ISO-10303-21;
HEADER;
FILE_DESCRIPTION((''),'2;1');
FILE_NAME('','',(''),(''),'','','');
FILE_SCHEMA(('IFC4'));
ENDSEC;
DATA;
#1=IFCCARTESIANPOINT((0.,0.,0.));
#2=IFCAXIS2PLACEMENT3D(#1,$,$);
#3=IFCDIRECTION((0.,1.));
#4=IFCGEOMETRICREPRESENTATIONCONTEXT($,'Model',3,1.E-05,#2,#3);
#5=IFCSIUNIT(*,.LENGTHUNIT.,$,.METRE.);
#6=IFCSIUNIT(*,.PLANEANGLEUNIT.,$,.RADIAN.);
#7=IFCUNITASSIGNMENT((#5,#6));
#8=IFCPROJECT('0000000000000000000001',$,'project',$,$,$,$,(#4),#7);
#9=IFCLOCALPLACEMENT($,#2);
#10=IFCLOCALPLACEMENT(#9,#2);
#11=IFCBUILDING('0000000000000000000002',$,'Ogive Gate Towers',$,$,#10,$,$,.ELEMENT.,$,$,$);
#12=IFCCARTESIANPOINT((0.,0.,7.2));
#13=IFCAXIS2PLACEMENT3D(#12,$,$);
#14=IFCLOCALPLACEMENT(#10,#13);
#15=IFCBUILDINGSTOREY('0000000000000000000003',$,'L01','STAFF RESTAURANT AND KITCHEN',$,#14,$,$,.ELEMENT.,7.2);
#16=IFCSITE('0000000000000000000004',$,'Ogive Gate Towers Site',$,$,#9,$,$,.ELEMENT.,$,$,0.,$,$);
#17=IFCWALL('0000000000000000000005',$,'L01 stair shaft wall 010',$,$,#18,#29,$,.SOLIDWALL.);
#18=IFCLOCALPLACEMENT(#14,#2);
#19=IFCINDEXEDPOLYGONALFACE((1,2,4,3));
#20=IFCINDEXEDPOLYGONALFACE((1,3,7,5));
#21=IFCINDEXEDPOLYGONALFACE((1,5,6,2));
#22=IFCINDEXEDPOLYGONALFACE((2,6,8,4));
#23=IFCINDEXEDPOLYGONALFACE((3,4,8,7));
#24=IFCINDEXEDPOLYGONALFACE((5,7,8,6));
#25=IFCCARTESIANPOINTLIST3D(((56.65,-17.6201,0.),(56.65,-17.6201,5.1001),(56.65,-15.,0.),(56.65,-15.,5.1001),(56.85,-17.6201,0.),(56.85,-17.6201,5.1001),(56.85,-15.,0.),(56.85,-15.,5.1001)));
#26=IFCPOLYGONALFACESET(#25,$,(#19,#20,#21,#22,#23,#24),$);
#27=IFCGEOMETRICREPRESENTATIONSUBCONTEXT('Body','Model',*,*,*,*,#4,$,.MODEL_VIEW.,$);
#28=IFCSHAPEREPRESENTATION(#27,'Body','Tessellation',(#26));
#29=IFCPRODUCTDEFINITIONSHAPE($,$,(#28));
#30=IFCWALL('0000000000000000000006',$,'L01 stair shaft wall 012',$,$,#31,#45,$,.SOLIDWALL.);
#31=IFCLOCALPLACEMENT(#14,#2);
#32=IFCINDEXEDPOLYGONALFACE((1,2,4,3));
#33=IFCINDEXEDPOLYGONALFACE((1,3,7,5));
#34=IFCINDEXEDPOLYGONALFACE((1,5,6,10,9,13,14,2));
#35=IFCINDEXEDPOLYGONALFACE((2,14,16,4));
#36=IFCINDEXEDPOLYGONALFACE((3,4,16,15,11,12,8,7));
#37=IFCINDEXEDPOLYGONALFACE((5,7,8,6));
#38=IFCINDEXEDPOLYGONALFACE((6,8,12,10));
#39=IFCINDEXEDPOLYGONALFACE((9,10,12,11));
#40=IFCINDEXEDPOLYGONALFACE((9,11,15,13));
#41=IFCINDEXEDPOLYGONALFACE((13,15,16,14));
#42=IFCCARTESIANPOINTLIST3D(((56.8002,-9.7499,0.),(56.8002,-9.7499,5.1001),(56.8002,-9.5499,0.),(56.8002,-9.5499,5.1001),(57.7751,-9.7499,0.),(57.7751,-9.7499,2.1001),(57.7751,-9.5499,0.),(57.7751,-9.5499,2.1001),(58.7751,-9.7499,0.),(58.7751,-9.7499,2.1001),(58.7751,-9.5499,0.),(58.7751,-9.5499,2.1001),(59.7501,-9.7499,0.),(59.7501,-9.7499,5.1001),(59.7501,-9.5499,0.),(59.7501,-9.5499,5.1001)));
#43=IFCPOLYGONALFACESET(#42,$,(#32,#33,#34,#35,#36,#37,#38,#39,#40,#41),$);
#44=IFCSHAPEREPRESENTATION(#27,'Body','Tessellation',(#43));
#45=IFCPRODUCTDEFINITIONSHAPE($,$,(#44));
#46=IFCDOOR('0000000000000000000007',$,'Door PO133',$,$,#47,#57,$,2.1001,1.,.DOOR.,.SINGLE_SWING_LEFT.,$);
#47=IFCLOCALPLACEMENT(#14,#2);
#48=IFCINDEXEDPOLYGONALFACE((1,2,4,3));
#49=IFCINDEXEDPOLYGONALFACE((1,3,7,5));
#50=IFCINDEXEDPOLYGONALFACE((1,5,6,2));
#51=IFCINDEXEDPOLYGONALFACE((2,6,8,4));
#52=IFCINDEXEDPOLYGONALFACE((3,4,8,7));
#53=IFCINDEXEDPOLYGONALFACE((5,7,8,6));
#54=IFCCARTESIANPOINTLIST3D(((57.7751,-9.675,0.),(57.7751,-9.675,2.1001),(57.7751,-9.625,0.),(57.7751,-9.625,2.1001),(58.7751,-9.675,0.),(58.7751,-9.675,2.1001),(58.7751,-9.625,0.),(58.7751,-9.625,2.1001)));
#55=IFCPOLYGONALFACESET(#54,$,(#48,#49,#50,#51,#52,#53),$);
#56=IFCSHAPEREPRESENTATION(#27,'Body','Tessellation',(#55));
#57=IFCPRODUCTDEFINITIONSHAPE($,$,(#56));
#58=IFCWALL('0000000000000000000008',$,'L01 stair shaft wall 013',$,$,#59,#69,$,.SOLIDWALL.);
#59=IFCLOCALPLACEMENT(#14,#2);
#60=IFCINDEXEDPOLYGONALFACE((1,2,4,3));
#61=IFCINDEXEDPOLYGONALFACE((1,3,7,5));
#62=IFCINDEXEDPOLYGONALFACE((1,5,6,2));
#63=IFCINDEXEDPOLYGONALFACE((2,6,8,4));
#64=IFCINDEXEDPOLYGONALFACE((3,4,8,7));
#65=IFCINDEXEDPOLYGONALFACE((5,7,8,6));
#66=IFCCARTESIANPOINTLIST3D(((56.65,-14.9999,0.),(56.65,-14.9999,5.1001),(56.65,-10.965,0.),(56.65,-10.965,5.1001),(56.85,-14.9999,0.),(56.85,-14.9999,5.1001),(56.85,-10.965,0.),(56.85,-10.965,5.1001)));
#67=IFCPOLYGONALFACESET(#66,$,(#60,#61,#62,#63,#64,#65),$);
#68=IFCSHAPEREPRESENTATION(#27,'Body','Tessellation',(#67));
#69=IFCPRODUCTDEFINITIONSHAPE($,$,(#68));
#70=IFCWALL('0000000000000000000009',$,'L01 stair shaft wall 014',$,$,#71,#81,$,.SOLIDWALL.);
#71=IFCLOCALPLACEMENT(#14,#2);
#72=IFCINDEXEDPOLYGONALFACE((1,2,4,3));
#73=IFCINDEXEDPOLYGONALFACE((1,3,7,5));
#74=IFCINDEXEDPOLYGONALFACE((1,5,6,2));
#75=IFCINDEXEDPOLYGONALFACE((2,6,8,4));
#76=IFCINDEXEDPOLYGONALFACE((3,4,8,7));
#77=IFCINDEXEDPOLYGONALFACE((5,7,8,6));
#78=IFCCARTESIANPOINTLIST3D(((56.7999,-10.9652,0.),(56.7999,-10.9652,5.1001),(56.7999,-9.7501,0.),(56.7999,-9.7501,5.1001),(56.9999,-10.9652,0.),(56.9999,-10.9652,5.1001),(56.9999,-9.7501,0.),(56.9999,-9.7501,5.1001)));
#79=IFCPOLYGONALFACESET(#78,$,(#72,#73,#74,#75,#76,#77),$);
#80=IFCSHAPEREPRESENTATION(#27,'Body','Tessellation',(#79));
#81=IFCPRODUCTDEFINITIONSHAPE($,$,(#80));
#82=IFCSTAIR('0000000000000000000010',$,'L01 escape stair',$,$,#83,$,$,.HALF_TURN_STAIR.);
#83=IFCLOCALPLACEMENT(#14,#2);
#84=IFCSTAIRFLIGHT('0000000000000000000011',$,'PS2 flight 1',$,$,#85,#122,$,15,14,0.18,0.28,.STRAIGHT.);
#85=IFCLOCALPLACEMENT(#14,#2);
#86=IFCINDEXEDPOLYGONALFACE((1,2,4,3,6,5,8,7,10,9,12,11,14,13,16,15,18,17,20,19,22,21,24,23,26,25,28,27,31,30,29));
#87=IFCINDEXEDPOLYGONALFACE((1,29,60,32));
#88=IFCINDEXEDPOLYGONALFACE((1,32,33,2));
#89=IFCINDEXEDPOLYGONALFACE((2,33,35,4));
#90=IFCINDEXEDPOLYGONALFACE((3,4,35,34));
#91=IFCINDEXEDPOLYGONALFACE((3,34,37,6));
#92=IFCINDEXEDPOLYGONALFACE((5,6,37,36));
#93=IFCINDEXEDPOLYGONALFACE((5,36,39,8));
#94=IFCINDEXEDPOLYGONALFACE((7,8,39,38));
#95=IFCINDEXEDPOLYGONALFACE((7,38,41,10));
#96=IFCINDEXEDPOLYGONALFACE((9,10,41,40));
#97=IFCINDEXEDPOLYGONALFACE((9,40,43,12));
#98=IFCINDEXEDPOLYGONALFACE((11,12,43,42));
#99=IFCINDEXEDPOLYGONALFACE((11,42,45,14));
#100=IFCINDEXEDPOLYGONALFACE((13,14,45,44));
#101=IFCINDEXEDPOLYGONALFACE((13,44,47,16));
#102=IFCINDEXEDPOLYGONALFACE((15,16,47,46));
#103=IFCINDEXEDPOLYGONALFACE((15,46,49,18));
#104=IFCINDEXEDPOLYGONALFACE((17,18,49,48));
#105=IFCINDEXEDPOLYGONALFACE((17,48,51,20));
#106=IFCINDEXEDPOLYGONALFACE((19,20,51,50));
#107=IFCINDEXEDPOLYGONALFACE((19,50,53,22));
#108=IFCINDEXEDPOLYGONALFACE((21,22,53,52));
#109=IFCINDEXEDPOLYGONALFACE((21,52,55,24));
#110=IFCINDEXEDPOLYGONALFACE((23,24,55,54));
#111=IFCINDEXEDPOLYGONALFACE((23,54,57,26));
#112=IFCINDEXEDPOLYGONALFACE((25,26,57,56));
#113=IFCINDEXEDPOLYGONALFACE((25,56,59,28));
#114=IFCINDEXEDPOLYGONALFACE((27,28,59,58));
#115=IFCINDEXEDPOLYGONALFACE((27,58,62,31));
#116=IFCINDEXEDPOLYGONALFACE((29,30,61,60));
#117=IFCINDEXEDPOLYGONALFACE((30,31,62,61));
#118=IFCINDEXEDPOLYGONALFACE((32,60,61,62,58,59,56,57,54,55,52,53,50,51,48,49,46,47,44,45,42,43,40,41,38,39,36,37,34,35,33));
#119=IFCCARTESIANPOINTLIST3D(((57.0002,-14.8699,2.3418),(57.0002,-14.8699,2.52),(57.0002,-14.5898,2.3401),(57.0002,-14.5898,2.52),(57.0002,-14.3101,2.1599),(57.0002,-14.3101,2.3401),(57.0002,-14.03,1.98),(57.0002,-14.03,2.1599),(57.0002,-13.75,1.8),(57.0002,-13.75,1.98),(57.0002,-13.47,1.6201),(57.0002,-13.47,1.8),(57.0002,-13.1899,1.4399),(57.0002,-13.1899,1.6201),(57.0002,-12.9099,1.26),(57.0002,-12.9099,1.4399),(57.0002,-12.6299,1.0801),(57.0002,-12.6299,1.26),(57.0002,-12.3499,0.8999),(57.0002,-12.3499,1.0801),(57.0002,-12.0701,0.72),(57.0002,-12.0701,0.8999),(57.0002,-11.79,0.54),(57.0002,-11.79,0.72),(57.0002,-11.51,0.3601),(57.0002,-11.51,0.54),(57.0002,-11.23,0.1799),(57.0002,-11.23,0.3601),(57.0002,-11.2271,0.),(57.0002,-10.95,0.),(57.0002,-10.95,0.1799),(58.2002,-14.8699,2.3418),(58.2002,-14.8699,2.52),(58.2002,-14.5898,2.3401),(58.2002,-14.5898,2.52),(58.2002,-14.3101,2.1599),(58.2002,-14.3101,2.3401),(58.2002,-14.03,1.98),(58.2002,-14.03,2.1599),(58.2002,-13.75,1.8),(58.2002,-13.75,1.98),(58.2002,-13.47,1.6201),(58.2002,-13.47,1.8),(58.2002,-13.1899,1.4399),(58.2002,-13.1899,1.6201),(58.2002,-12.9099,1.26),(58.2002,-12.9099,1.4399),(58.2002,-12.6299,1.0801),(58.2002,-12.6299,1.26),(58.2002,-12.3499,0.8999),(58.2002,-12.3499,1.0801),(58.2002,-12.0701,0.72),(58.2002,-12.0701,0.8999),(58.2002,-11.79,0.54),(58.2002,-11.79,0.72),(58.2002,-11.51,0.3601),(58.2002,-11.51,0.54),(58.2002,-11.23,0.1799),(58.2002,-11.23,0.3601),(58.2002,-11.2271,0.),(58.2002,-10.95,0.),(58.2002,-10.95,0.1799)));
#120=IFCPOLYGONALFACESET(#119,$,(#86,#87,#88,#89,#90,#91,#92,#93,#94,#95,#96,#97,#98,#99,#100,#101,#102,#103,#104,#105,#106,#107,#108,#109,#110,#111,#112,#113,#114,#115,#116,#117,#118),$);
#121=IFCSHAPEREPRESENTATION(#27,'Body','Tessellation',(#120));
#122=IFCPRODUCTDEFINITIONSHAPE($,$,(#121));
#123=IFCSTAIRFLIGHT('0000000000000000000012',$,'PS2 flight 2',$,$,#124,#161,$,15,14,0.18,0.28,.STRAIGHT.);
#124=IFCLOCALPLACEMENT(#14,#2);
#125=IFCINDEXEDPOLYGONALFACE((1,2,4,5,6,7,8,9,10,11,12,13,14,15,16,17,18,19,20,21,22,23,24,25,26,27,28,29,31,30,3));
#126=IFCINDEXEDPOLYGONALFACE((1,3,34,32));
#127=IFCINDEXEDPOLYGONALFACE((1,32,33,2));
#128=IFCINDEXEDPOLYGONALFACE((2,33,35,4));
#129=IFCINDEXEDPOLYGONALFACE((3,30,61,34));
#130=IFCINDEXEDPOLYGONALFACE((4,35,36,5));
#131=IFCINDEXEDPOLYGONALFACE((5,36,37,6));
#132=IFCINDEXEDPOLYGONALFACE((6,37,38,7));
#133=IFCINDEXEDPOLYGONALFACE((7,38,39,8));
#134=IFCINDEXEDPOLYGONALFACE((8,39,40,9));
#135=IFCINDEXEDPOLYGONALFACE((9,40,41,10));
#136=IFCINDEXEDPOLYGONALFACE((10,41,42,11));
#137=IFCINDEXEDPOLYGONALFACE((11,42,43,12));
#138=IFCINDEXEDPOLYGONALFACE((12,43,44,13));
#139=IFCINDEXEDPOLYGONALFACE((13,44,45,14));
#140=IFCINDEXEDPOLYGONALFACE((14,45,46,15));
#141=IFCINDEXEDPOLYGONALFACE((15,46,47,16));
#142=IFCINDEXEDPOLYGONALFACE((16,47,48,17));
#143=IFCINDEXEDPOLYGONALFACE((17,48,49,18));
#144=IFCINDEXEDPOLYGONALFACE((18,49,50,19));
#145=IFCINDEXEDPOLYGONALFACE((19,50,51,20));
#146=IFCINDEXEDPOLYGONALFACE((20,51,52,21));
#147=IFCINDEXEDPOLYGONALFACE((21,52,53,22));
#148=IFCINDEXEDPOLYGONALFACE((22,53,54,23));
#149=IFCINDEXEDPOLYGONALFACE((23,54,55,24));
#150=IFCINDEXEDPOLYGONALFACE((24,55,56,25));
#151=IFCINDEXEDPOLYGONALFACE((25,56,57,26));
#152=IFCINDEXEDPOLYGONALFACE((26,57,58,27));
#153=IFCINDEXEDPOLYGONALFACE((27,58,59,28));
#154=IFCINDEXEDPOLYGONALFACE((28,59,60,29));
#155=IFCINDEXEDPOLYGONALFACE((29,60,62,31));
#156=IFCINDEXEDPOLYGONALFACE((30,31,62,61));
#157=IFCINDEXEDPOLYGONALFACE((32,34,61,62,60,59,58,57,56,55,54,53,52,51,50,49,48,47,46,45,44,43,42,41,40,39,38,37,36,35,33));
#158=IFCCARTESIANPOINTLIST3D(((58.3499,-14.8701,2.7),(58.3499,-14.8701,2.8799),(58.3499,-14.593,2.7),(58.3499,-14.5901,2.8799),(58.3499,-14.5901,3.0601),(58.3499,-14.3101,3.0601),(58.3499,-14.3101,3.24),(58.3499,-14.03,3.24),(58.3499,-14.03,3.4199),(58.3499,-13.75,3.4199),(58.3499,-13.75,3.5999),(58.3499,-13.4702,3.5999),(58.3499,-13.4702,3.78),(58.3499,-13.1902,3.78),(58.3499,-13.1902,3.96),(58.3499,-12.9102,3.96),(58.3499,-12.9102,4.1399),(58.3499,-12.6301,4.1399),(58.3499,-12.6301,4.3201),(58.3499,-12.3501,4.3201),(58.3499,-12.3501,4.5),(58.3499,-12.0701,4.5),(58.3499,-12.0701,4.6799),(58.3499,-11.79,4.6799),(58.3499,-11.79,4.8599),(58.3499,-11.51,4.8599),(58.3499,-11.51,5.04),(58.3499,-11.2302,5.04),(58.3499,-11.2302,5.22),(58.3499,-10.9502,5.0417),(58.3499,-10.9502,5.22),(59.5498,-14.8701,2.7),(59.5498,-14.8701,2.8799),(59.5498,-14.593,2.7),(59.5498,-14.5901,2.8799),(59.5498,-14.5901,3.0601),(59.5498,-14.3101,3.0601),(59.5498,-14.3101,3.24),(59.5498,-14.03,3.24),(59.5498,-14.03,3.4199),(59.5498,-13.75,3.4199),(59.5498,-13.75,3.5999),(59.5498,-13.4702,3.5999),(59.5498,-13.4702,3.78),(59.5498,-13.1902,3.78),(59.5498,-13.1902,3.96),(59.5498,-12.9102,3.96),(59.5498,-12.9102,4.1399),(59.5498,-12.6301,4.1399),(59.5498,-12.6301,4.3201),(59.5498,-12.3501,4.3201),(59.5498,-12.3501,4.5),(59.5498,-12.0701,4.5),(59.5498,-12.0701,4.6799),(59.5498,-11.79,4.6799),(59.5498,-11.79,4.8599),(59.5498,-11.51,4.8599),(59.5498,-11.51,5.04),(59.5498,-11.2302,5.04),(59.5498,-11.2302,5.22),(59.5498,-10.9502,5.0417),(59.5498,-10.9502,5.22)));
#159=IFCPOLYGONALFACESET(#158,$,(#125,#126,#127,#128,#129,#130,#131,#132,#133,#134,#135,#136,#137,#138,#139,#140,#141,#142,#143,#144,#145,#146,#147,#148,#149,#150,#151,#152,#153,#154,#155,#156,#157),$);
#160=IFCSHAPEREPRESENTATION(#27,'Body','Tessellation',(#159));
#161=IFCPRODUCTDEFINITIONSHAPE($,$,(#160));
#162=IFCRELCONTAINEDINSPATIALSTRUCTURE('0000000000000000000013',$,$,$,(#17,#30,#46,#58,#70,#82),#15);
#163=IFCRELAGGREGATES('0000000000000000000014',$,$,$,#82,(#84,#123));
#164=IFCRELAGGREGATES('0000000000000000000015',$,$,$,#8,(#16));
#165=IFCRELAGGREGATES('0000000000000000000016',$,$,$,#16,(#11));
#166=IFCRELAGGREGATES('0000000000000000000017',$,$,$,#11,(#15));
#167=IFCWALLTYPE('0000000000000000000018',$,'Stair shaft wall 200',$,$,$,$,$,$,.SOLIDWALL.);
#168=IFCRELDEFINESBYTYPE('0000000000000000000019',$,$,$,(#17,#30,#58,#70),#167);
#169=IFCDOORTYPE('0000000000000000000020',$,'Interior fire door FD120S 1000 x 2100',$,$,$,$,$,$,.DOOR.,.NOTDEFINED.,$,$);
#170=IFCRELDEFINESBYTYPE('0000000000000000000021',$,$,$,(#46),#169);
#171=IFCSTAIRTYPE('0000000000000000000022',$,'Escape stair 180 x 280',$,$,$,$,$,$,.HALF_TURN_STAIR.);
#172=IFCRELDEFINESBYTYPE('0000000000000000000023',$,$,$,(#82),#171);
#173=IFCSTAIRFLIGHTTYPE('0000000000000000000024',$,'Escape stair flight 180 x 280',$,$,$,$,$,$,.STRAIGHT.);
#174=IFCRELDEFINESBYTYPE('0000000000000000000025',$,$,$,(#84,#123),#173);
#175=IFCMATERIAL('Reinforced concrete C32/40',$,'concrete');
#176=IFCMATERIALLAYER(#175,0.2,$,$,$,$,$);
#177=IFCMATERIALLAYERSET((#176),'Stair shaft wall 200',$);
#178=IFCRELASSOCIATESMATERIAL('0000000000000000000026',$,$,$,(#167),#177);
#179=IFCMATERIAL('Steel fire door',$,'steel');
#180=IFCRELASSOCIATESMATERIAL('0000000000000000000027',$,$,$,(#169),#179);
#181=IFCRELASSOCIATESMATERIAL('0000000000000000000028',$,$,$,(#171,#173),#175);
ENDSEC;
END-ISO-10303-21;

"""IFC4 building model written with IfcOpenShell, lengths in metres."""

from ifc_helpers import new_model, si_unit, direction, frame, frame_2d, origin, place, context, subcontext, project, spatial, polyline, rectangle, outline, extrude, material, layer, layer_set, type_object, element, fill, aggregate, save


model = new_model("IFC4")

# Units and contexts
model_context = context("Model", 3, precision=1e-05, world=origin(), true_north=direction((0.0, 1.0)))
body_context = subcontext(model_context, "Body", "Model", "MODEL_VIEW")
ifc_project = project(units=[si_unit("LENGTHUNIT", "METRE"), si_unit("PLANEANGLEUNIT", "RADIAN")], contexts=[model_context])

# Site, building, storey
site_placement = place(None, origin())
site = spatial("IfcSite", under=ifc_project, at=site_placement, Name="Ogive Gate Towers Site", CompositionType="ELEMENT", RefElevation=0.0)
building_placement = place(site_placement, origin())
building = spatial("IfcBuilding", under=site, at=building_placement, Name="Ogive Gate Towers", CompositionType="ELEMENT")
storey_placement = place(building_placement, frame((0.0, 0.0, 7.2)))
storey = spatial("IfcBuildingStorey", under=building, at=storey_placement, Name="L01", Description="STAFF RESTAURANT AND KITCHEN", CompositionType="ELEMENT", Elevation=7.2)

# Wall
ifc_material_1 = material(Name="Reinforced concrete C32/40", Category="concrete")
ifc_layer = layer(ifc_material_1, 0.2)
ifc_layer_set = layer_set([ifc_layer], Name="Stair shaft wall 200")
wall_type = type_object("IfcWallType", Name="Stair shaft wall 200", PredefinedType="SOLIDWALL", material=ifc_layer_set)
wall_1_placement = place(storey_placement, frame((56.75, -17.6201, 0.0), z_axis=(0.0, 0.0, 1.0), x_axis=(0.0, 1.0, 0.0)))
element("IfcWall", 1, at=wall_1_placement, inside=storey, type_object=wall_type, Name="L01 stair shaft wall 010", PredefinedType="SOLIDWALL", context=body_context, shape_type="SweptSolid", body=[
    extrude(rectangle(XDim=2.6201, YDim=0.2, at=frame_2d((1.3101, 0.0))), origin(), (0.0, 0.0, 1.0), 5.1001),
])

# Wall, opening, door
wall_2_placement = place(storey_placement, frame((56.8, -9.6499, 0.0), z_axis=(0.0, 0.0, 1.0), x_axis=(1.0, 0.0, 0.0)))
wall_2 = element("IfcWall", 2, at=wall_2_placement, inside=storey, type_object=wall_type, Name="L01 stair shaft wall 012", PredefinedType="SOLIDWALL", context=body_context, shape_type="SweptSolid", body=[
    extrude(rectangle(XDim=2.95, YDim=0.2, at=frame_2d((1.4751, 0.0))), origin(), (0.0, 0.0, 1.0), 5.1001),
])
opening_placement = place(wall_2_placement, frame((0.9751, 0.0, 0.0)))
opening = element("IfcOpeningElement", 3, at=opening_placement, cuts=wall_2, PredefinedType="OPENING", context=body_context, shape_type="SweptSolid", body=[
    extrude(rectangle(XDim=1.0, YDim=2.1001, at=frame_2d((0.5, 1.05))), frame((0.0, 0.1099, 0.0), z_axis=(0.0, -1.0, 0.0), x_axis=(1.0, 0.0, 0.0)), (0.0, 0.0, 1.0), 0.22),
])
ifc_material_2 = material(Name="Steel fire door", Category="steel")
door_type = type_object("IfcDoorType", Name="Interior fire door FD120S 1000 x 2100", OperationType="NOTDEFINED", PredefinedType="DOOR", material=ifc_material_2)
door_placement = place(opening_placement, origin())
door = element("IfcDoor", 4, at=door_placement, inside=storey, type_object=door_type, Name="Door PO133", OperationType="SINGLE_SWING_LEFT", OverallHeight=2.1001, OverallWidth=1.0, PredefinedType="DOOR", context=body_context, shape_type="SweptSolid", body=[
    extrude(rectangle(XDim=1.0, YDim=2.1001, at=frame_2d((0.5, 1.05))), frame((0.0, 0.0249, 0.0), z_axis=(0.0, -1.0, 0.0), x_axis=(1.0, 0.0, 0.0)), (0.0, 0.0, 1.0), 0.05),
])
fill(opening, door)

# Walls
wall_3_placement = place(storey_placement, frame((56.75, -15.0, 0.0), z_axis=(0.0, 0.0, 1.0), x_axis=(0.0, 1.0, 0.0)))
element("IfcWall", 5, at=wall_3_placement, inside=storey, type_object=wall_type, Name="L01 stair shaft wall 013", PredefinedType="SOLIDWALL", context=body_context, shape_type="SweptSolid", body=[
    extrude(rectangle(XDim=4.0349, YDim=0.2, at=frame_2d((2.0176, 0.0))), origin(), (0.0, 0.0, 1.0), 5.1001),
])
wall_4_placement = place(storey_placement, frame((56.8999, -10.9651, 0.0), z_axis=(0.0, 0.0, 1.0), x_axis=(0.0, 1.0, 0.0)))
element("IfcWall", 6, at=wall_4_placement, inside=storey, type_object=wall_type, Name="L01 stair shaft wall 014", PredefinedType="SOLIDWALL", context=body_context, shape_type="SweptSolid", body=[
    extrude(rectangle(XDim=1.2151, YDim=0.2, at=frame_2d((0.6074, 0.0))), origin(), (0.0, 0.0, 1.0), 5.1001),
])

# Stair, stair flights
stair_type = type_object("IfcStairType", Name="Escape stair 180 x 280", PredefinedType="HALF_TURN_STAIR", material=ifc_material_1)
stair_placement = place(storey_placement, origin())
stair = element("IfcStair", 7, at=stair_placement, inside=storey, type_object=stair_type, Name="L01 escape stair", PredefinedType="HALF_TURN_STAIR")
stair_flight_type = type_object("IfcStairFlightType", Name="Escape stair flight 180 x 280", PredefinedType="STRAIGHT", material=ifc_material_1)
stair_flight_1_placement = place(storey_placement, frame((57.6001, -10.95, 0.0), z_axis=(0.0, 0.0, 1.0), x_axis=(0.0, -1.0, 0.0)))
stair_flight_1 = element("IfcStairFlight", 8, at=stair_flight_1_placement, type_object=stair_flight_type, Name="PS2 flight 1", NumberOfRisers=15, NumberOfTreads=14, PredefinedType="STRAIGHT", RiserHeight=0.18, TreadLength=0.28, context=body_context, shape_type="SweptSolid", body=[
    extrude(outline(polyline([(0.0, 0.0), (0.0, 0.1799), (0.28, 0.1799), (0.28, 0.3601), (0.5601, 0.3601), (0.5601, 0.54), (0.8401, 0.54), (0.8401, 0.72), (1.1201, 0.72), (1.1201, 0.8999), (1.3999, 0.8999), (1.3999, 1.0801), (1.6799, 1.0801), (1.6799, 1.26), (1.96, 1.26), (1.96, 1.4399), (2.24, 1.4399), (2.24, 1.6201), (2.52, 1.6201), (2.52, 1.8), (2.8, 1.8), (2.8, 1.98), (3.0801, 1.98), (3.0801, 2.1599), (3.3601, 2.1599), (3.3601, 2.3401), (3.6399, 2.3401), (3.6399, 2.52), (3.9199, 2.52), (3.9199, 2.7), (3.9199, 2.3418), (0.2771, 0.0), (0.0, 0.0)])), frame((0.0, 0.6001, 0.0), z_axis=(0.0, -1.0, 0.0), x_axis=(1.0, 0.0, 0.0)), (0.0, 0.0, 1.0), 1.2),
])
stair_flight_2_placement = place(storey_placement, frame((58.95, -14.8701, 2.7), z_axis=(0.0, 0.0, 1.0), x_axis=(0.0, 1.0, 0.0)))
stair_flight_2 = element("IfcStairFlight", 9, at=stair_flight_2_placement, type_object=stair_flight_type, Name="PS2 flight 2", NumberOfRisers=15, NumberOfTreads=14, PredefinedType="STRAIGHT", RiserHeight=0.18, TreadLength=0.28, context=body_context, shape_type="SweptSolid", body=[
    extrude(outline(polyline([(0.0, 0.0), (0.0, 0.1799), (0.28, 0.1799), (0.28, 0.3601), (0.5601, 0.3601), (0.5601, 0.54), (0.8401, 0.54), (0.8401, 0.72), (1.1201, 0.72), (1.1201, 0.8999), (1.3999, 0.8999), (1.3999, 1.0801), (1.6799, 1.0801), (1.6799, 1.26), (1.96, 1.26), (1.96, 1.4399), (2.24, 1.4399), (2.24, 1.6201), (2.52, 1.6201), (2.52, 1.8), (2.8, 1.8), (2.8, 1.98), (3.0801, 1.98), (3.0801, 2.1599), (3.3601, 2.1599), (3.3601, 2.3401), (3.6399, 2.3401), (3.6399, 2.52), (3.9199, 2.52), (3.9199, 2.7), (3.9199, 2.3418), (0.2771, 0.0), (0.0, 0.0)])), frame((0.0, 0.6001, 0.0), z_axis=(0.0, -1.0, 0.0), x_axis=(1.0, 0.0, 0.0)), (0.0, 0.0, 1.0), 1.2),
])
aggregate(stair, [stair_flight_1, stair_flight_2])

save(model, "model.ifc")
